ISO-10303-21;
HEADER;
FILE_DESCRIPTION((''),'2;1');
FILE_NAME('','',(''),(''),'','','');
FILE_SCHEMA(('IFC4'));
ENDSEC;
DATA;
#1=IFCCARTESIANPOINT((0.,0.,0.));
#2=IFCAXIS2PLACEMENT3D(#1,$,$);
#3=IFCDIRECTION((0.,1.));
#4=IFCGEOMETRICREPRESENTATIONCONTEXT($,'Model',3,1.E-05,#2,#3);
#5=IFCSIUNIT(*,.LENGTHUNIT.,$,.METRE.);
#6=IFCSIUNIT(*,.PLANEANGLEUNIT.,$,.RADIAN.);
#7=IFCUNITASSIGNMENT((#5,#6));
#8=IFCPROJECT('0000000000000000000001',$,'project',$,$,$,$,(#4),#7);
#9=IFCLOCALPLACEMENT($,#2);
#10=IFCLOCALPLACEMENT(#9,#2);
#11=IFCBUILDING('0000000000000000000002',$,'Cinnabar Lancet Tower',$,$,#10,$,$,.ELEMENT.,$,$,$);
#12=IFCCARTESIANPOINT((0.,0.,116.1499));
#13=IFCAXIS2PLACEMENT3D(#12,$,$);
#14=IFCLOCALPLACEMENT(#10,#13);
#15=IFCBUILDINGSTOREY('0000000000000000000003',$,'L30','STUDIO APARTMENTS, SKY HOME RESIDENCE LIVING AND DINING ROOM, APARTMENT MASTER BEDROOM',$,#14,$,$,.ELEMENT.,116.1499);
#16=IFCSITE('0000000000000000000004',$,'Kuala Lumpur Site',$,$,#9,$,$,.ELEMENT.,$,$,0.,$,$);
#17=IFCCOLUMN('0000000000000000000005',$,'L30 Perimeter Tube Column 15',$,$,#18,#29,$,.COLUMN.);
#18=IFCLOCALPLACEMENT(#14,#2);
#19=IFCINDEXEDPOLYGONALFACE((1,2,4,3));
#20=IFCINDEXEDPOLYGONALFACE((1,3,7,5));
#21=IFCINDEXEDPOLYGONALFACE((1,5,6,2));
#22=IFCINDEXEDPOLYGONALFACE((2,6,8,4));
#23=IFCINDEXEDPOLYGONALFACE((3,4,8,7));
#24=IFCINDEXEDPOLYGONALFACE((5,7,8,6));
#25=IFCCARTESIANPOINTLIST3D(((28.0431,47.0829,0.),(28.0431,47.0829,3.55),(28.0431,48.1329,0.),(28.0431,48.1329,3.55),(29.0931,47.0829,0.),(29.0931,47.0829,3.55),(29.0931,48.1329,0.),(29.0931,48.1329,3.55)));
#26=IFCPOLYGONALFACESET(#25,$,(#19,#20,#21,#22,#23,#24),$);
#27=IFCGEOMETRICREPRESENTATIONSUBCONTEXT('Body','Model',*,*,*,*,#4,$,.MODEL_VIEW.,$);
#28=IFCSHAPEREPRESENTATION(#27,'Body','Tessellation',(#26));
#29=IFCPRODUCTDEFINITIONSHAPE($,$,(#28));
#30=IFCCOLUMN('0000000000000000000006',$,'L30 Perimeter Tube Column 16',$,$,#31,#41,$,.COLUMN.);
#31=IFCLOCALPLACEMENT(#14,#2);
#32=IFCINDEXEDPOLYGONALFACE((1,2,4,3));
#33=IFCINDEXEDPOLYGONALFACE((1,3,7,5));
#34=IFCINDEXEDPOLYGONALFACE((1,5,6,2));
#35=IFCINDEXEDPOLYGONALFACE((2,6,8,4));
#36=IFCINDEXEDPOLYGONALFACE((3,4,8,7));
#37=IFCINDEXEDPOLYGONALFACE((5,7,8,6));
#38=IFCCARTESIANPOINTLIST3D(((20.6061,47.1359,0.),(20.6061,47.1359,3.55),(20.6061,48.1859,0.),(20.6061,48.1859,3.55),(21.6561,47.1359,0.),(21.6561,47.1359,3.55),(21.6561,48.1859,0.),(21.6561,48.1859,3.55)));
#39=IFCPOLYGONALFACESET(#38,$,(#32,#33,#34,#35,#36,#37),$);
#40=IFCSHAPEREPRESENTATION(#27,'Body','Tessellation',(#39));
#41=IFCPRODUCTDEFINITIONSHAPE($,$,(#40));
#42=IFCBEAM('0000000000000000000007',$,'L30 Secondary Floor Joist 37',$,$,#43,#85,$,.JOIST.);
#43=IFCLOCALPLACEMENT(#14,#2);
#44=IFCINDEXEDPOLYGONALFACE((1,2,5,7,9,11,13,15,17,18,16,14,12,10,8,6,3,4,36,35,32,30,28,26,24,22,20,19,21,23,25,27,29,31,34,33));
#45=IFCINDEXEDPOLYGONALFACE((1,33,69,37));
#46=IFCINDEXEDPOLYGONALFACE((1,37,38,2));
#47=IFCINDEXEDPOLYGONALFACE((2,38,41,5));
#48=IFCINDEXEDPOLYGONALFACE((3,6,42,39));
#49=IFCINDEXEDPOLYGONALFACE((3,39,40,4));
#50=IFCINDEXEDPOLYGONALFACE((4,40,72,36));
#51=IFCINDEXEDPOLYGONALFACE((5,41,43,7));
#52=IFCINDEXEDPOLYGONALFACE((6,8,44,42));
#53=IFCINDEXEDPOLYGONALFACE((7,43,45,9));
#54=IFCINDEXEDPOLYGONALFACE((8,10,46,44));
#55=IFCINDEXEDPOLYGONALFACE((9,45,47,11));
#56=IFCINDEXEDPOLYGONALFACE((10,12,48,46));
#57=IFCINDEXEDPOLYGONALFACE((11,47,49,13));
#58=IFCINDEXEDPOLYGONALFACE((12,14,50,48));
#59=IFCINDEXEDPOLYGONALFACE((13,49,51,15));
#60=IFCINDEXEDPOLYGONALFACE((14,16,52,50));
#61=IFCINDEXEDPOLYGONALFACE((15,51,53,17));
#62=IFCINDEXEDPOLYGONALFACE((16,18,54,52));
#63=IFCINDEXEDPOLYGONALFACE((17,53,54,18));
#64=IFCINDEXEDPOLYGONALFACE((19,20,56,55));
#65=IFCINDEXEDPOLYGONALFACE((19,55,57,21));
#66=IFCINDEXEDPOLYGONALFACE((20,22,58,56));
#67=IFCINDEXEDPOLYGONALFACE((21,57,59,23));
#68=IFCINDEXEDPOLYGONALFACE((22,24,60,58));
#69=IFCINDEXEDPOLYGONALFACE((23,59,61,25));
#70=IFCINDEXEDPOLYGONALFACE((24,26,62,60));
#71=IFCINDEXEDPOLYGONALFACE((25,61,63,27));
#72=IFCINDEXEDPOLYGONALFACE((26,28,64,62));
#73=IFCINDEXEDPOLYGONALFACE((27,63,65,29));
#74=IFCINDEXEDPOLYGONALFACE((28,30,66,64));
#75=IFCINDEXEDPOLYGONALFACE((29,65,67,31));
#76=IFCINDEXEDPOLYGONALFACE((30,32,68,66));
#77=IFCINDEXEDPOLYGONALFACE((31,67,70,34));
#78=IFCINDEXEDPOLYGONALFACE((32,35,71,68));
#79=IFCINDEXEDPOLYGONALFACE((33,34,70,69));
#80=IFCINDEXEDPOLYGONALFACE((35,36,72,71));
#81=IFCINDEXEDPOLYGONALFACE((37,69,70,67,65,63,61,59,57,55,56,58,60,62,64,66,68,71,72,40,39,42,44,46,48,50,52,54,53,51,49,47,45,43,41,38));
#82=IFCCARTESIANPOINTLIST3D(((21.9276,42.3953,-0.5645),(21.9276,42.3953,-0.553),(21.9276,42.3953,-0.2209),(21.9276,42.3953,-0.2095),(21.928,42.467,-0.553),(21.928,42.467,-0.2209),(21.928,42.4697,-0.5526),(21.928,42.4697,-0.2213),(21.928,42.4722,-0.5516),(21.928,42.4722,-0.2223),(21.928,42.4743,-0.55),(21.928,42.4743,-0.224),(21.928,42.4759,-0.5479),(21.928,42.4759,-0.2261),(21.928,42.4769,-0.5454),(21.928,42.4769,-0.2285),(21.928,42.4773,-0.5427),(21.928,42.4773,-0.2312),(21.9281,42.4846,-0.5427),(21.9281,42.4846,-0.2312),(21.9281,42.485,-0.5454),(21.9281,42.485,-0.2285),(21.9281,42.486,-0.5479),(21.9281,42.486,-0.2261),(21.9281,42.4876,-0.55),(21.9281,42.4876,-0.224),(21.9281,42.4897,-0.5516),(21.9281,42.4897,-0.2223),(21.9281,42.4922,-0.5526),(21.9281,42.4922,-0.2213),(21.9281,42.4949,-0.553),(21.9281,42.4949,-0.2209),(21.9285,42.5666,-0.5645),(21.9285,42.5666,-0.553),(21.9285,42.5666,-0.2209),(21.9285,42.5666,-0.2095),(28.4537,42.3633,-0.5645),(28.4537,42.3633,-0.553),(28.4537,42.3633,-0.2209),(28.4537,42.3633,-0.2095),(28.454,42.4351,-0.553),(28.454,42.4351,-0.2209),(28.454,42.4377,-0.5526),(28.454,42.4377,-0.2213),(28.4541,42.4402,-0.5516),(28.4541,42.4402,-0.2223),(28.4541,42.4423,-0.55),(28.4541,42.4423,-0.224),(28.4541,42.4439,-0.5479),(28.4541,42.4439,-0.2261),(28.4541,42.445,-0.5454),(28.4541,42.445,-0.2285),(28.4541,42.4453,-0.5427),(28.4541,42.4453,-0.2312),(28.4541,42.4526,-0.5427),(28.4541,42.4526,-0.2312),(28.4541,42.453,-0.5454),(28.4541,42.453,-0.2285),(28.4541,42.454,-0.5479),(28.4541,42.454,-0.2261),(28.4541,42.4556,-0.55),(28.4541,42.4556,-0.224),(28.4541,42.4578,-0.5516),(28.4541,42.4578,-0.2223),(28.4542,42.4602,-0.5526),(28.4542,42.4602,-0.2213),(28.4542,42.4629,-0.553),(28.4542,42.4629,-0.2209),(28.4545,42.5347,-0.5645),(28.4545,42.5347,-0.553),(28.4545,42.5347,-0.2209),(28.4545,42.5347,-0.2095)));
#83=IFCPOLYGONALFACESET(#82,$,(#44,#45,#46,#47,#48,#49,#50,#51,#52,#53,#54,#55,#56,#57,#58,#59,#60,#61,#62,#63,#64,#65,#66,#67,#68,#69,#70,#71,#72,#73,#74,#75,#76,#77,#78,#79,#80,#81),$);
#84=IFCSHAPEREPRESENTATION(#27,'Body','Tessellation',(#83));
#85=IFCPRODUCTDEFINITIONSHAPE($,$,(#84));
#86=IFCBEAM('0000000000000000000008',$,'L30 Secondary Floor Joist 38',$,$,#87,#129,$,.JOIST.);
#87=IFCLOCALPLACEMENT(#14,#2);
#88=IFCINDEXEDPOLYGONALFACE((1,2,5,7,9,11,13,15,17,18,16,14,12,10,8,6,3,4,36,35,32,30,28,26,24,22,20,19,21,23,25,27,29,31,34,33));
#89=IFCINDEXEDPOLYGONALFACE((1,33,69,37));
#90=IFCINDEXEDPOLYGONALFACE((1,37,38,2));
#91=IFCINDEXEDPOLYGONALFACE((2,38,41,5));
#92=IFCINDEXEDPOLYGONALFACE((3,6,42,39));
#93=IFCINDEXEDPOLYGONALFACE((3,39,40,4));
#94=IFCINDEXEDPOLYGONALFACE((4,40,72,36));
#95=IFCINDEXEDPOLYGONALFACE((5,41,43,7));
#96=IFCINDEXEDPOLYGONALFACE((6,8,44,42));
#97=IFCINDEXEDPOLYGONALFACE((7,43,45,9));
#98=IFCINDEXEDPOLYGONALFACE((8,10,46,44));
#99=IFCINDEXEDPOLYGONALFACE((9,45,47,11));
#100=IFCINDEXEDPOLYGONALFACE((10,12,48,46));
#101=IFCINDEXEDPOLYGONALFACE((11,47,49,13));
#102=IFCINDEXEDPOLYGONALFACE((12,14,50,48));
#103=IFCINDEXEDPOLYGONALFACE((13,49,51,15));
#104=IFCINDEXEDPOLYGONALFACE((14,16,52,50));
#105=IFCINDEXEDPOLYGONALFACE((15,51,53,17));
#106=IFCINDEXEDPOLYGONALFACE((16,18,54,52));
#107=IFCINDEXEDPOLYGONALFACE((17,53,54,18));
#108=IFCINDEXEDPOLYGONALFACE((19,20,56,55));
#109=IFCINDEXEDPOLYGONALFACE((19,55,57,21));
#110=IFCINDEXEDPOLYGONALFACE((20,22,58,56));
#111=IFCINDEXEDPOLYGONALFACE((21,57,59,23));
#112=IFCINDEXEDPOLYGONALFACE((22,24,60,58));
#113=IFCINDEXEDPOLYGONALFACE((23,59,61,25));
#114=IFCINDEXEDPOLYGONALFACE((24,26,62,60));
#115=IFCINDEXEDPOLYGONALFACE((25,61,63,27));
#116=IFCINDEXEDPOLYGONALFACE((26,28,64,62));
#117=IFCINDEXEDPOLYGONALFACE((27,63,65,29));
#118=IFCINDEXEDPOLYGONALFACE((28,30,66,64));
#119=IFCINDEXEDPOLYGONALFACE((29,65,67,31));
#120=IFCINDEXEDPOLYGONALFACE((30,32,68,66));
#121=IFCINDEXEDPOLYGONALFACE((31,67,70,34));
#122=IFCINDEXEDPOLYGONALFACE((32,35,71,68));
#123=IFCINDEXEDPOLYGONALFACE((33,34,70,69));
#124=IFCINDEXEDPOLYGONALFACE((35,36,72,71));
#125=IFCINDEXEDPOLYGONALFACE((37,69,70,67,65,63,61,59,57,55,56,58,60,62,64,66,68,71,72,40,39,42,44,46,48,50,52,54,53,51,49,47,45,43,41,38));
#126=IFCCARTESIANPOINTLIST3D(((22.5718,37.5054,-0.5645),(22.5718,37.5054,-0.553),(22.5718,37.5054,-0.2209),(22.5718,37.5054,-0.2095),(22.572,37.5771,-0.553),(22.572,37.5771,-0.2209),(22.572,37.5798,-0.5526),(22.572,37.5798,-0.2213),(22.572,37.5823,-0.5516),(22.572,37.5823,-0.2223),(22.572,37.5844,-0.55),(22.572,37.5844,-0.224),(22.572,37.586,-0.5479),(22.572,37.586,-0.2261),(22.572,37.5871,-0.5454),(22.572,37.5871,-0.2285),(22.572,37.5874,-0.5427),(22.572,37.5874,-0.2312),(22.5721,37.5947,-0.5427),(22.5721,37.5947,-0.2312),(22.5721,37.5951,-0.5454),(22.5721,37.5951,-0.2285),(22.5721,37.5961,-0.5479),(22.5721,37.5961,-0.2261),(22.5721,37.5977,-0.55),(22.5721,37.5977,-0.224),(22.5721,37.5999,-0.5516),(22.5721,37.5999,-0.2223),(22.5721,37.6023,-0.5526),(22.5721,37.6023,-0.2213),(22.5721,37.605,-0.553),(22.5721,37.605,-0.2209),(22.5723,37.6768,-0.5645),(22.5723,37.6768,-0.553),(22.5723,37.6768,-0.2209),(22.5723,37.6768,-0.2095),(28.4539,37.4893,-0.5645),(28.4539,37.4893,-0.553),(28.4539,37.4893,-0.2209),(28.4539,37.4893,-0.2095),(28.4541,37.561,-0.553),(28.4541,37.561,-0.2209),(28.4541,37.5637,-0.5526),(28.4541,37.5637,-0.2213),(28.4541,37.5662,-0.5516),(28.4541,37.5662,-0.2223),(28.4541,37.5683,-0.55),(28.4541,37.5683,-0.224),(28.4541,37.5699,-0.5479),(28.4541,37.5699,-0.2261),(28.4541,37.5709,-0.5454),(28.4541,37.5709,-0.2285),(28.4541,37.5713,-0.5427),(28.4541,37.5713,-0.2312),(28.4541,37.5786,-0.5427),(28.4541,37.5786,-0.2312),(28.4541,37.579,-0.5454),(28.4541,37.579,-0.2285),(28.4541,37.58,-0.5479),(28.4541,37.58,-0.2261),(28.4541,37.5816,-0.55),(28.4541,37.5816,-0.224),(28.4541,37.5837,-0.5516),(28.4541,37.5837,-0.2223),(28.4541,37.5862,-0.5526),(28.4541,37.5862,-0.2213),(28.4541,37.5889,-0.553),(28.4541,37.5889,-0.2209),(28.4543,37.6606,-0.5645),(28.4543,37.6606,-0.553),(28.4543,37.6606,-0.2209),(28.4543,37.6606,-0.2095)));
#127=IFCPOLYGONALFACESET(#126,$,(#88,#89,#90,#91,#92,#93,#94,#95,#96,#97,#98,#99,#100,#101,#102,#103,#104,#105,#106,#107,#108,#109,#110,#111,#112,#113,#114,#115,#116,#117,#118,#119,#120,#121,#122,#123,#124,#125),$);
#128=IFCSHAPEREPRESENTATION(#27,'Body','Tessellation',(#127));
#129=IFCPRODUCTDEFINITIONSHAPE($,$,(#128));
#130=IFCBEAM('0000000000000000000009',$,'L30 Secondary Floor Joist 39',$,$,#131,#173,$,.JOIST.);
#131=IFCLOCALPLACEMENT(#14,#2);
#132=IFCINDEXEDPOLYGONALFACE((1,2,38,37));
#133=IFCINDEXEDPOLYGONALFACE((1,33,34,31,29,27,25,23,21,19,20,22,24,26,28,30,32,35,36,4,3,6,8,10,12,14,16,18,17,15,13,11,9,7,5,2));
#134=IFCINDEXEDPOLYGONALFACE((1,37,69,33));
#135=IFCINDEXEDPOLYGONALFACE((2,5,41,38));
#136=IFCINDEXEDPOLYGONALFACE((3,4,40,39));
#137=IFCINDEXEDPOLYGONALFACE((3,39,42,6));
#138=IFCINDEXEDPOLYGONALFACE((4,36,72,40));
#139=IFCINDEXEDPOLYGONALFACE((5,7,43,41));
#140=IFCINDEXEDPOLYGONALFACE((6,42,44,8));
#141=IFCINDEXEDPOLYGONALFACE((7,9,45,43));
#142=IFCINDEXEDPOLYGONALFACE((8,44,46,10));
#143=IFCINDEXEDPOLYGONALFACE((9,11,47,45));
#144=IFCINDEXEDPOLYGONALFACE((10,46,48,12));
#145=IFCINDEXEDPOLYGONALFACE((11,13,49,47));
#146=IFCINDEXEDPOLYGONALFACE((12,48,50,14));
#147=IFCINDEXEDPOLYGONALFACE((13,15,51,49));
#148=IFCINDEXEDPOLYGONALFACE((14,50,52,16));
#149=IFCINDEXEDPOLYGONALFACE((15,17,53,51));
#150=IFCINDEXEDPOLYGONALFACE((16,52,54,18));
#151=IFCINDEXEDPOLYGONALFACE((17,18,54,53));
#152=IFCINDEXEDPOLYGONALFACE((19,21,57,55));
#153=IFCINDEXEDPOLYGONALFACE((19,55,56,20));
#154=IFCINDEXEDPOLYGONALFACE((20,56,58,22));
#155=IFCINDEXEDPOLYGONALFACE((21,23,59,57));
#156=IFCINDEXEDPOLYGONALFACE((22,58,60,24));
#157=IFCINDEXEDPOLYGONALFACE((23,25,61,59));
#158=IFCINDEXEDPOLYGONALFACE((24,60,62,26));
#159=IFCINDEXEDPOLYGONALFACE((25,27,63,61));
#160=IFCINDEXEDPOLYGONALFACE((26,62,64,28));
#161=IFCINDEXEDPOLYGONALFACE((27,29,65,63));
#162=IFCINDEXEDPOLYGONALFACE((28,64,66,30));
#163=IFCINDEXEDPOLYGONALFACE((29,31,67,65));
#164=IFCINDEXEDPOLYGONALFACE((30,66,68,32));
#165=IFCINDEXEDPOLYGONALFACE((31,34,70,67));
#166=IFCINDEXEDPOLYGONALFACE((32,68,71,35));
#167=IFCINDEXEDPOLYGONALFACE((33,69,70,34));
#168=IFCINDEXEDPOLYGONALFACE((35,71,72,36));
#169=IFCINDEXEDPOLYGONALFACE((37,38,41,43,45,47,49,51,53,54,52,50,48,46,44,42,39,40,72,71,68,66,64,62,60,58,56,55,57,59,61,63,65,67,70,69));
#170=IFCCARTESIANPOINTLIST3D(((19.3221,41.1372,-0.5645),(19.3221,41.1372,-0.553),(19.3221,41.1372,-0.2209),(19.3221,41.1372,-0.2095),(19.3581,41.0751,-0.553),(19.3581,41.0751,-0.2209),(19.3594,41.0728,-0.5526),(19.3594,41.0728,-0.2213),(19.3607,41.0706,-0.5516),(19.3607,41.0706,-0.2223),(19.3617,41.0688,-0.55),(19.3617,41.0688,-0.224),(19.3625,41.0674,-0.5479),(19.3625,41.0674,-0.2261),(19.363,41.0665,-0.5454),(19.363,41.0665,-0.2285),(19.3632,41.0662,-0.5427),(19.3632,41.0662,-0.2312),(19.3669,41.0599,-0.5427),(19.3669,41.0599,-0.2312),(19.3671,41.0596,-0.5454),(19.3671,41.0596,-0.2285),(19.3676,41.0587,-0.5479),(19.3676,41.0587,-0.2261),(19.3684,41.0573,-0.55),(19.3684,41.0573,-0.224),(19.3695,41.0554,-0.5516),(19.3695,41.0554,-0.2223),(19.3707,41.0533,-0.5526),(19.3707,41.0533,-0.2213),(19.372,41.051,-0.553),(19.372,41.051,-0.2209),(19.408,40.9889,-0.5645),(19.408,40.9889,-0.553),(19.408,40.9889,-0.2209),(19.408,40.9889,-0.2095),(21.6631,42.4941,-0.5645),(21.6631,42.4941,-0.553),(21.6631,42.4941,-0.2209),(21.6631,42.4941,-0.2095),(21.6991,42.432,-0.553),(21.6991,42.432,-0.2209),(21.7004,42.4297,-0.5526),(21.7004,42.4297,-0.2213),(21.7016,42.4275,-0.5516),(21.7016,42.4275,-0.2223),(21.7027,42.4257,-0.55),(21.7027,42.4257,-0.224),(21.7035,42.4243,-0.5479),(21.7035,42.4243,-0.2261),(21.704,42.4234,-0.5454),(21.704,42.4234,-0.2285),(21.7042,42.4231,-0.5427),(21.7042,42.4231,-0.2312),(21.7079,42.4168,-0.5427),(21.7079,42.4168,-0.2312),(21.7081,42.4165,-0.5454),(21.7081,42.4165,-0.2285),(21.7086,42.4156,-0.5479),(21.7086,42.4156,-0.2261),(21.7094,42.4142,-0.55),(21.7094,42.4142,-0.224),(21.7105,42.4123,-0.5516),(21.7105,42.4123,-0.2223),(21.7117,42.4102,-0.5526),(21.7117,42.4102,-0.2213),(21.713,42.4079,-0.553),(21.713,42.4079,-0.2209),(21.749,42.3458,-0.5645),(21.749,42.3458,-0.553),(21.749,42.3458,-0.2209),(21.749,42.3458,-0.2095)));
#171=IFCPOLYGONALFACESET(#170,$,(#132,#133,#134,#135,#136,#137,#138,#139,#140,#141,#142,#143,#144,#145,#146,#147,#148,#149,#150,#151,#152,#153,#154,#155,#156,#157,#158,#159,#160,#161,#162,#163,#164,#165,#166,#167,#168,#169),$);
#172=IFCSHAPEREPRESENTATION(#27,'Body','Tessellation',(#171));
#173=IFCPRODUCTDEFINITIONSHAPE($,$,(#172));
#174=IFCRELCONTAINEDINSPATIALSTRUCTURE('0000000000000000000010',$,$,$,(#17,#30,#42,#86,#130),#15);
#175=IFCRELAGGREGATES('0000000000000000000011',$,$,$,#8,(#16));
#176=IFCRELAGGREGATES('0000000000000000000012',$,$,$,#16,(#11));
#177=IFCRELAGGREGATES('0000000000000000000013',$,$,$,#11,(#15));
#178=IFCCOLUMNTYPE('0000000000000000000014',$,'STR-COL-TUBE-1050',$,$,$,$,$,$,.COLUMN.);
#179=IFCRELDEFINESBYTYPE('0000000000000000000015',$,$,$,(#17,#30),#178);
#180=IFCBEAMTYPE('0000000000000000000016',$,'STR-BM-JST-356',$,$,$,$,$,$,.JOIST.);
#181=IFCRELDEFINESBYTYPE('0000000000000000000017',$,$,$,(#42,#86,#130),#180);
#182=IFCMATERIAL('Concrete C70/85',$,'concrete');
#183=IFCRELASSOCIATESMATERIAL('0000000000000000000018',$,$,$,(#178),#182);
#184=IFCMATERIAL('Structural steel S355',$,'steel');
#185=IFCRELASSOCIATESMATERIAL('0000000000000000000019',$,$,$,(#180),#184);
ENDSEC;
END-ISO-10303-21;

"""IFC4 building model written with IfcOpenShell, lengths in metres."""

from ifc_helpers import new_model, si_unit, direction, frame, origin, origin_2d, place, context, subcontext, project, spatial, rectangle, i_section, extrude, material, material_profile, profile_set, type_object, element, save


model = new_model("IFC4")

# Units and contexts
model_context = context("Model", 3, precision=1e-05, world=origin(), true_north=direction((0.0, 1.0)))
body_context = subcontext(model_context, "Body", "Model", "MODEL_VIEW")
ifc_project = project(units=[si_unit("LENGTHUNIT", "METRE"), si_unit("PLANEANGLEUNIT", "RADIAN")], contexts=[model_context])

# Site, building, storey
site_placement = place(None, origin())
site = spatial("IfcSite", under=ifc_project, at=site_placement, Name="Kuala Lumpur Site", CompositionType="ELEMENT", RefElevation=0.0)
building_placement = place(site_placement, origin())
building = spatial("IfcBuilding", under=site, at=building_placement, Name="Cinnabar Lancet Tower", CompositionType="ELEMENT")
storey_placement = place(building_placement, frame((0.0, 0.0, 116.1499)))
storey = spatial("IfcBuildingStorey", under=building, at=storey_placement, Name="L30", Description="STUDIO APARTMENTS, SKY HOME RESIDENCE LIVING AND DINING ROOM, APARTMENT MASTER BEDROOM", CompositionType="ELEMENT", Elevation=116.1499)

# Columns
ifc_material_1 = material(Name="Concrete C70/85", Category="concrete")
ifc_material_profile_1 = material_profile(ifc_material_1, rectangle(XDim=1.05, YDim=1.05, at=origin_2d()), Name="RC-COL 1050x1050")
ifc_profile_set_1 = profile_set([ifc_material_profile_1], Name="Concrete C70/85")
column_type = type_object("IfcColumnType", Name="STR-COL-TUBE-1050", PredefinedType="COLUMN", material=ifc_profile_set_1)
for number, where, z_axis, x_axis, name in (
    (1, (28.5681, 47.6079, 0.0), (0.0, 0.0, 1.0), (1.0, 0.0, 0.0), "L30 Perimeter Tube Column 15"),
    (2, (21.1311, 47.6609, 0.0), (0.0, 0.0, 1.0), (1.0, 0.0, 0.0), "L30 Perimeter Tube Column 16"),
):
    element("IfcColumn", number, at=place(storey_placement, frame(where, z_axis=z_axis, x_axis=x_axis)), inside=storey, type_object=column_type, Name=name, PredefinedType="COLUMN", context=body_context, shape_type="SweptSolid", body=[
        extrude(rectangle(XDim=1.05, YDim=1.05, at=origin_2d()), origin(), (0.0, 0.0, 1.0), 3.55),
    ])

# Beams
ifc_material_2 = material(Name="Structural steel S355", Category="steel")
ifc_material_profile_2 = material_profile(ifc_material_2, i_section(OverallWidth=0.1714, OverallDepth=0.355, WebThickness=0.0073, FlangeThickness=0.0115, FilletRadius=0.0103, at=origin_2d()), Name="UKB 356x171x51")
ifc_profile_set_2 = profile_set([ifc_material_profile_2], Name="Structural steel S355")
beam_type_1 = type_object("IfcBeamType", Name="STR-BM-JST-356", PredefinedType="JOIST", material=ifc_profile_set_2)
beam_1_placement = place(storey_placement, frame((28.4541, 42.449, -0.387), z_axis=(-0.999988, 0.004901, 0.0), x_axis=(-0.004901, -0.999988, 0.0)))
element("IfcBeam", 3, at=beam_1_placement, inside=storey, type_object=beam_type_1, Name="L30 Secondary Floor Joist 37", PredefinedType="JOIST", context=body_context, shape_type="SweptSolid", body=[
    extrude(i_section(OverallWidth=0.1714, OverallDepth=0.355, WebThickness=0.0073, FlangeThickness=0.0115, FilletRadius=0.0103, at=origin_2d()), origin(), (0.0, 0.0, 1.0), 6.5261),
])
beam_2_placement = place(storey_placement, frame((28.4541, 37.575, -0.387), z_axis=(-0.999996, 0.002739, 0.0), x_axis=(-0.002739, -0.999996, 0.0)))
element("IfcBeam", 4, at=beam_2_placement, inside=storey, type_object=beam_type_1, Name="L30 Secondary Floor Joist 38", PredefinedType="JOIST", context=body_context, shape_type="SweptSolid", body=[
    extrude(i_section(OverallWidth=0.1714, OverallDepth=0.355, WebThickness=0.0073, FlangeThickness=0.0115, FilletRadius=0.0103, at=origin_2d()), origin(), (0.0, 0.0, 1.0), 5.8821),
])
beam_3_placement = place(storey_placement, frame((21.7061, 42.4199, -0.387), z_axis=(-0.865173, -0.501474, 0.0), x_axis=(0.501474, -0.865173, 0.0)))
element("IfcBeam", 5, at=beam_3_placement, inside=storey, type_object=beam_type_1, Name="L30 Secondary Floor Joist 39", PredefinedType="JOIST", context=body_context, shape_type="SweptSolid", body=[
    extrude(i_section(OverallWidth=0.1714, OverallDepth=0.355, WebThickness=0.0073, FlangeThickness=0.0115, FilletRadius=0.0103, at=origin_2d()), origin(), (0.0, 0.0, 1.0), 2.7058),
])

save(model, "model.ifc")
